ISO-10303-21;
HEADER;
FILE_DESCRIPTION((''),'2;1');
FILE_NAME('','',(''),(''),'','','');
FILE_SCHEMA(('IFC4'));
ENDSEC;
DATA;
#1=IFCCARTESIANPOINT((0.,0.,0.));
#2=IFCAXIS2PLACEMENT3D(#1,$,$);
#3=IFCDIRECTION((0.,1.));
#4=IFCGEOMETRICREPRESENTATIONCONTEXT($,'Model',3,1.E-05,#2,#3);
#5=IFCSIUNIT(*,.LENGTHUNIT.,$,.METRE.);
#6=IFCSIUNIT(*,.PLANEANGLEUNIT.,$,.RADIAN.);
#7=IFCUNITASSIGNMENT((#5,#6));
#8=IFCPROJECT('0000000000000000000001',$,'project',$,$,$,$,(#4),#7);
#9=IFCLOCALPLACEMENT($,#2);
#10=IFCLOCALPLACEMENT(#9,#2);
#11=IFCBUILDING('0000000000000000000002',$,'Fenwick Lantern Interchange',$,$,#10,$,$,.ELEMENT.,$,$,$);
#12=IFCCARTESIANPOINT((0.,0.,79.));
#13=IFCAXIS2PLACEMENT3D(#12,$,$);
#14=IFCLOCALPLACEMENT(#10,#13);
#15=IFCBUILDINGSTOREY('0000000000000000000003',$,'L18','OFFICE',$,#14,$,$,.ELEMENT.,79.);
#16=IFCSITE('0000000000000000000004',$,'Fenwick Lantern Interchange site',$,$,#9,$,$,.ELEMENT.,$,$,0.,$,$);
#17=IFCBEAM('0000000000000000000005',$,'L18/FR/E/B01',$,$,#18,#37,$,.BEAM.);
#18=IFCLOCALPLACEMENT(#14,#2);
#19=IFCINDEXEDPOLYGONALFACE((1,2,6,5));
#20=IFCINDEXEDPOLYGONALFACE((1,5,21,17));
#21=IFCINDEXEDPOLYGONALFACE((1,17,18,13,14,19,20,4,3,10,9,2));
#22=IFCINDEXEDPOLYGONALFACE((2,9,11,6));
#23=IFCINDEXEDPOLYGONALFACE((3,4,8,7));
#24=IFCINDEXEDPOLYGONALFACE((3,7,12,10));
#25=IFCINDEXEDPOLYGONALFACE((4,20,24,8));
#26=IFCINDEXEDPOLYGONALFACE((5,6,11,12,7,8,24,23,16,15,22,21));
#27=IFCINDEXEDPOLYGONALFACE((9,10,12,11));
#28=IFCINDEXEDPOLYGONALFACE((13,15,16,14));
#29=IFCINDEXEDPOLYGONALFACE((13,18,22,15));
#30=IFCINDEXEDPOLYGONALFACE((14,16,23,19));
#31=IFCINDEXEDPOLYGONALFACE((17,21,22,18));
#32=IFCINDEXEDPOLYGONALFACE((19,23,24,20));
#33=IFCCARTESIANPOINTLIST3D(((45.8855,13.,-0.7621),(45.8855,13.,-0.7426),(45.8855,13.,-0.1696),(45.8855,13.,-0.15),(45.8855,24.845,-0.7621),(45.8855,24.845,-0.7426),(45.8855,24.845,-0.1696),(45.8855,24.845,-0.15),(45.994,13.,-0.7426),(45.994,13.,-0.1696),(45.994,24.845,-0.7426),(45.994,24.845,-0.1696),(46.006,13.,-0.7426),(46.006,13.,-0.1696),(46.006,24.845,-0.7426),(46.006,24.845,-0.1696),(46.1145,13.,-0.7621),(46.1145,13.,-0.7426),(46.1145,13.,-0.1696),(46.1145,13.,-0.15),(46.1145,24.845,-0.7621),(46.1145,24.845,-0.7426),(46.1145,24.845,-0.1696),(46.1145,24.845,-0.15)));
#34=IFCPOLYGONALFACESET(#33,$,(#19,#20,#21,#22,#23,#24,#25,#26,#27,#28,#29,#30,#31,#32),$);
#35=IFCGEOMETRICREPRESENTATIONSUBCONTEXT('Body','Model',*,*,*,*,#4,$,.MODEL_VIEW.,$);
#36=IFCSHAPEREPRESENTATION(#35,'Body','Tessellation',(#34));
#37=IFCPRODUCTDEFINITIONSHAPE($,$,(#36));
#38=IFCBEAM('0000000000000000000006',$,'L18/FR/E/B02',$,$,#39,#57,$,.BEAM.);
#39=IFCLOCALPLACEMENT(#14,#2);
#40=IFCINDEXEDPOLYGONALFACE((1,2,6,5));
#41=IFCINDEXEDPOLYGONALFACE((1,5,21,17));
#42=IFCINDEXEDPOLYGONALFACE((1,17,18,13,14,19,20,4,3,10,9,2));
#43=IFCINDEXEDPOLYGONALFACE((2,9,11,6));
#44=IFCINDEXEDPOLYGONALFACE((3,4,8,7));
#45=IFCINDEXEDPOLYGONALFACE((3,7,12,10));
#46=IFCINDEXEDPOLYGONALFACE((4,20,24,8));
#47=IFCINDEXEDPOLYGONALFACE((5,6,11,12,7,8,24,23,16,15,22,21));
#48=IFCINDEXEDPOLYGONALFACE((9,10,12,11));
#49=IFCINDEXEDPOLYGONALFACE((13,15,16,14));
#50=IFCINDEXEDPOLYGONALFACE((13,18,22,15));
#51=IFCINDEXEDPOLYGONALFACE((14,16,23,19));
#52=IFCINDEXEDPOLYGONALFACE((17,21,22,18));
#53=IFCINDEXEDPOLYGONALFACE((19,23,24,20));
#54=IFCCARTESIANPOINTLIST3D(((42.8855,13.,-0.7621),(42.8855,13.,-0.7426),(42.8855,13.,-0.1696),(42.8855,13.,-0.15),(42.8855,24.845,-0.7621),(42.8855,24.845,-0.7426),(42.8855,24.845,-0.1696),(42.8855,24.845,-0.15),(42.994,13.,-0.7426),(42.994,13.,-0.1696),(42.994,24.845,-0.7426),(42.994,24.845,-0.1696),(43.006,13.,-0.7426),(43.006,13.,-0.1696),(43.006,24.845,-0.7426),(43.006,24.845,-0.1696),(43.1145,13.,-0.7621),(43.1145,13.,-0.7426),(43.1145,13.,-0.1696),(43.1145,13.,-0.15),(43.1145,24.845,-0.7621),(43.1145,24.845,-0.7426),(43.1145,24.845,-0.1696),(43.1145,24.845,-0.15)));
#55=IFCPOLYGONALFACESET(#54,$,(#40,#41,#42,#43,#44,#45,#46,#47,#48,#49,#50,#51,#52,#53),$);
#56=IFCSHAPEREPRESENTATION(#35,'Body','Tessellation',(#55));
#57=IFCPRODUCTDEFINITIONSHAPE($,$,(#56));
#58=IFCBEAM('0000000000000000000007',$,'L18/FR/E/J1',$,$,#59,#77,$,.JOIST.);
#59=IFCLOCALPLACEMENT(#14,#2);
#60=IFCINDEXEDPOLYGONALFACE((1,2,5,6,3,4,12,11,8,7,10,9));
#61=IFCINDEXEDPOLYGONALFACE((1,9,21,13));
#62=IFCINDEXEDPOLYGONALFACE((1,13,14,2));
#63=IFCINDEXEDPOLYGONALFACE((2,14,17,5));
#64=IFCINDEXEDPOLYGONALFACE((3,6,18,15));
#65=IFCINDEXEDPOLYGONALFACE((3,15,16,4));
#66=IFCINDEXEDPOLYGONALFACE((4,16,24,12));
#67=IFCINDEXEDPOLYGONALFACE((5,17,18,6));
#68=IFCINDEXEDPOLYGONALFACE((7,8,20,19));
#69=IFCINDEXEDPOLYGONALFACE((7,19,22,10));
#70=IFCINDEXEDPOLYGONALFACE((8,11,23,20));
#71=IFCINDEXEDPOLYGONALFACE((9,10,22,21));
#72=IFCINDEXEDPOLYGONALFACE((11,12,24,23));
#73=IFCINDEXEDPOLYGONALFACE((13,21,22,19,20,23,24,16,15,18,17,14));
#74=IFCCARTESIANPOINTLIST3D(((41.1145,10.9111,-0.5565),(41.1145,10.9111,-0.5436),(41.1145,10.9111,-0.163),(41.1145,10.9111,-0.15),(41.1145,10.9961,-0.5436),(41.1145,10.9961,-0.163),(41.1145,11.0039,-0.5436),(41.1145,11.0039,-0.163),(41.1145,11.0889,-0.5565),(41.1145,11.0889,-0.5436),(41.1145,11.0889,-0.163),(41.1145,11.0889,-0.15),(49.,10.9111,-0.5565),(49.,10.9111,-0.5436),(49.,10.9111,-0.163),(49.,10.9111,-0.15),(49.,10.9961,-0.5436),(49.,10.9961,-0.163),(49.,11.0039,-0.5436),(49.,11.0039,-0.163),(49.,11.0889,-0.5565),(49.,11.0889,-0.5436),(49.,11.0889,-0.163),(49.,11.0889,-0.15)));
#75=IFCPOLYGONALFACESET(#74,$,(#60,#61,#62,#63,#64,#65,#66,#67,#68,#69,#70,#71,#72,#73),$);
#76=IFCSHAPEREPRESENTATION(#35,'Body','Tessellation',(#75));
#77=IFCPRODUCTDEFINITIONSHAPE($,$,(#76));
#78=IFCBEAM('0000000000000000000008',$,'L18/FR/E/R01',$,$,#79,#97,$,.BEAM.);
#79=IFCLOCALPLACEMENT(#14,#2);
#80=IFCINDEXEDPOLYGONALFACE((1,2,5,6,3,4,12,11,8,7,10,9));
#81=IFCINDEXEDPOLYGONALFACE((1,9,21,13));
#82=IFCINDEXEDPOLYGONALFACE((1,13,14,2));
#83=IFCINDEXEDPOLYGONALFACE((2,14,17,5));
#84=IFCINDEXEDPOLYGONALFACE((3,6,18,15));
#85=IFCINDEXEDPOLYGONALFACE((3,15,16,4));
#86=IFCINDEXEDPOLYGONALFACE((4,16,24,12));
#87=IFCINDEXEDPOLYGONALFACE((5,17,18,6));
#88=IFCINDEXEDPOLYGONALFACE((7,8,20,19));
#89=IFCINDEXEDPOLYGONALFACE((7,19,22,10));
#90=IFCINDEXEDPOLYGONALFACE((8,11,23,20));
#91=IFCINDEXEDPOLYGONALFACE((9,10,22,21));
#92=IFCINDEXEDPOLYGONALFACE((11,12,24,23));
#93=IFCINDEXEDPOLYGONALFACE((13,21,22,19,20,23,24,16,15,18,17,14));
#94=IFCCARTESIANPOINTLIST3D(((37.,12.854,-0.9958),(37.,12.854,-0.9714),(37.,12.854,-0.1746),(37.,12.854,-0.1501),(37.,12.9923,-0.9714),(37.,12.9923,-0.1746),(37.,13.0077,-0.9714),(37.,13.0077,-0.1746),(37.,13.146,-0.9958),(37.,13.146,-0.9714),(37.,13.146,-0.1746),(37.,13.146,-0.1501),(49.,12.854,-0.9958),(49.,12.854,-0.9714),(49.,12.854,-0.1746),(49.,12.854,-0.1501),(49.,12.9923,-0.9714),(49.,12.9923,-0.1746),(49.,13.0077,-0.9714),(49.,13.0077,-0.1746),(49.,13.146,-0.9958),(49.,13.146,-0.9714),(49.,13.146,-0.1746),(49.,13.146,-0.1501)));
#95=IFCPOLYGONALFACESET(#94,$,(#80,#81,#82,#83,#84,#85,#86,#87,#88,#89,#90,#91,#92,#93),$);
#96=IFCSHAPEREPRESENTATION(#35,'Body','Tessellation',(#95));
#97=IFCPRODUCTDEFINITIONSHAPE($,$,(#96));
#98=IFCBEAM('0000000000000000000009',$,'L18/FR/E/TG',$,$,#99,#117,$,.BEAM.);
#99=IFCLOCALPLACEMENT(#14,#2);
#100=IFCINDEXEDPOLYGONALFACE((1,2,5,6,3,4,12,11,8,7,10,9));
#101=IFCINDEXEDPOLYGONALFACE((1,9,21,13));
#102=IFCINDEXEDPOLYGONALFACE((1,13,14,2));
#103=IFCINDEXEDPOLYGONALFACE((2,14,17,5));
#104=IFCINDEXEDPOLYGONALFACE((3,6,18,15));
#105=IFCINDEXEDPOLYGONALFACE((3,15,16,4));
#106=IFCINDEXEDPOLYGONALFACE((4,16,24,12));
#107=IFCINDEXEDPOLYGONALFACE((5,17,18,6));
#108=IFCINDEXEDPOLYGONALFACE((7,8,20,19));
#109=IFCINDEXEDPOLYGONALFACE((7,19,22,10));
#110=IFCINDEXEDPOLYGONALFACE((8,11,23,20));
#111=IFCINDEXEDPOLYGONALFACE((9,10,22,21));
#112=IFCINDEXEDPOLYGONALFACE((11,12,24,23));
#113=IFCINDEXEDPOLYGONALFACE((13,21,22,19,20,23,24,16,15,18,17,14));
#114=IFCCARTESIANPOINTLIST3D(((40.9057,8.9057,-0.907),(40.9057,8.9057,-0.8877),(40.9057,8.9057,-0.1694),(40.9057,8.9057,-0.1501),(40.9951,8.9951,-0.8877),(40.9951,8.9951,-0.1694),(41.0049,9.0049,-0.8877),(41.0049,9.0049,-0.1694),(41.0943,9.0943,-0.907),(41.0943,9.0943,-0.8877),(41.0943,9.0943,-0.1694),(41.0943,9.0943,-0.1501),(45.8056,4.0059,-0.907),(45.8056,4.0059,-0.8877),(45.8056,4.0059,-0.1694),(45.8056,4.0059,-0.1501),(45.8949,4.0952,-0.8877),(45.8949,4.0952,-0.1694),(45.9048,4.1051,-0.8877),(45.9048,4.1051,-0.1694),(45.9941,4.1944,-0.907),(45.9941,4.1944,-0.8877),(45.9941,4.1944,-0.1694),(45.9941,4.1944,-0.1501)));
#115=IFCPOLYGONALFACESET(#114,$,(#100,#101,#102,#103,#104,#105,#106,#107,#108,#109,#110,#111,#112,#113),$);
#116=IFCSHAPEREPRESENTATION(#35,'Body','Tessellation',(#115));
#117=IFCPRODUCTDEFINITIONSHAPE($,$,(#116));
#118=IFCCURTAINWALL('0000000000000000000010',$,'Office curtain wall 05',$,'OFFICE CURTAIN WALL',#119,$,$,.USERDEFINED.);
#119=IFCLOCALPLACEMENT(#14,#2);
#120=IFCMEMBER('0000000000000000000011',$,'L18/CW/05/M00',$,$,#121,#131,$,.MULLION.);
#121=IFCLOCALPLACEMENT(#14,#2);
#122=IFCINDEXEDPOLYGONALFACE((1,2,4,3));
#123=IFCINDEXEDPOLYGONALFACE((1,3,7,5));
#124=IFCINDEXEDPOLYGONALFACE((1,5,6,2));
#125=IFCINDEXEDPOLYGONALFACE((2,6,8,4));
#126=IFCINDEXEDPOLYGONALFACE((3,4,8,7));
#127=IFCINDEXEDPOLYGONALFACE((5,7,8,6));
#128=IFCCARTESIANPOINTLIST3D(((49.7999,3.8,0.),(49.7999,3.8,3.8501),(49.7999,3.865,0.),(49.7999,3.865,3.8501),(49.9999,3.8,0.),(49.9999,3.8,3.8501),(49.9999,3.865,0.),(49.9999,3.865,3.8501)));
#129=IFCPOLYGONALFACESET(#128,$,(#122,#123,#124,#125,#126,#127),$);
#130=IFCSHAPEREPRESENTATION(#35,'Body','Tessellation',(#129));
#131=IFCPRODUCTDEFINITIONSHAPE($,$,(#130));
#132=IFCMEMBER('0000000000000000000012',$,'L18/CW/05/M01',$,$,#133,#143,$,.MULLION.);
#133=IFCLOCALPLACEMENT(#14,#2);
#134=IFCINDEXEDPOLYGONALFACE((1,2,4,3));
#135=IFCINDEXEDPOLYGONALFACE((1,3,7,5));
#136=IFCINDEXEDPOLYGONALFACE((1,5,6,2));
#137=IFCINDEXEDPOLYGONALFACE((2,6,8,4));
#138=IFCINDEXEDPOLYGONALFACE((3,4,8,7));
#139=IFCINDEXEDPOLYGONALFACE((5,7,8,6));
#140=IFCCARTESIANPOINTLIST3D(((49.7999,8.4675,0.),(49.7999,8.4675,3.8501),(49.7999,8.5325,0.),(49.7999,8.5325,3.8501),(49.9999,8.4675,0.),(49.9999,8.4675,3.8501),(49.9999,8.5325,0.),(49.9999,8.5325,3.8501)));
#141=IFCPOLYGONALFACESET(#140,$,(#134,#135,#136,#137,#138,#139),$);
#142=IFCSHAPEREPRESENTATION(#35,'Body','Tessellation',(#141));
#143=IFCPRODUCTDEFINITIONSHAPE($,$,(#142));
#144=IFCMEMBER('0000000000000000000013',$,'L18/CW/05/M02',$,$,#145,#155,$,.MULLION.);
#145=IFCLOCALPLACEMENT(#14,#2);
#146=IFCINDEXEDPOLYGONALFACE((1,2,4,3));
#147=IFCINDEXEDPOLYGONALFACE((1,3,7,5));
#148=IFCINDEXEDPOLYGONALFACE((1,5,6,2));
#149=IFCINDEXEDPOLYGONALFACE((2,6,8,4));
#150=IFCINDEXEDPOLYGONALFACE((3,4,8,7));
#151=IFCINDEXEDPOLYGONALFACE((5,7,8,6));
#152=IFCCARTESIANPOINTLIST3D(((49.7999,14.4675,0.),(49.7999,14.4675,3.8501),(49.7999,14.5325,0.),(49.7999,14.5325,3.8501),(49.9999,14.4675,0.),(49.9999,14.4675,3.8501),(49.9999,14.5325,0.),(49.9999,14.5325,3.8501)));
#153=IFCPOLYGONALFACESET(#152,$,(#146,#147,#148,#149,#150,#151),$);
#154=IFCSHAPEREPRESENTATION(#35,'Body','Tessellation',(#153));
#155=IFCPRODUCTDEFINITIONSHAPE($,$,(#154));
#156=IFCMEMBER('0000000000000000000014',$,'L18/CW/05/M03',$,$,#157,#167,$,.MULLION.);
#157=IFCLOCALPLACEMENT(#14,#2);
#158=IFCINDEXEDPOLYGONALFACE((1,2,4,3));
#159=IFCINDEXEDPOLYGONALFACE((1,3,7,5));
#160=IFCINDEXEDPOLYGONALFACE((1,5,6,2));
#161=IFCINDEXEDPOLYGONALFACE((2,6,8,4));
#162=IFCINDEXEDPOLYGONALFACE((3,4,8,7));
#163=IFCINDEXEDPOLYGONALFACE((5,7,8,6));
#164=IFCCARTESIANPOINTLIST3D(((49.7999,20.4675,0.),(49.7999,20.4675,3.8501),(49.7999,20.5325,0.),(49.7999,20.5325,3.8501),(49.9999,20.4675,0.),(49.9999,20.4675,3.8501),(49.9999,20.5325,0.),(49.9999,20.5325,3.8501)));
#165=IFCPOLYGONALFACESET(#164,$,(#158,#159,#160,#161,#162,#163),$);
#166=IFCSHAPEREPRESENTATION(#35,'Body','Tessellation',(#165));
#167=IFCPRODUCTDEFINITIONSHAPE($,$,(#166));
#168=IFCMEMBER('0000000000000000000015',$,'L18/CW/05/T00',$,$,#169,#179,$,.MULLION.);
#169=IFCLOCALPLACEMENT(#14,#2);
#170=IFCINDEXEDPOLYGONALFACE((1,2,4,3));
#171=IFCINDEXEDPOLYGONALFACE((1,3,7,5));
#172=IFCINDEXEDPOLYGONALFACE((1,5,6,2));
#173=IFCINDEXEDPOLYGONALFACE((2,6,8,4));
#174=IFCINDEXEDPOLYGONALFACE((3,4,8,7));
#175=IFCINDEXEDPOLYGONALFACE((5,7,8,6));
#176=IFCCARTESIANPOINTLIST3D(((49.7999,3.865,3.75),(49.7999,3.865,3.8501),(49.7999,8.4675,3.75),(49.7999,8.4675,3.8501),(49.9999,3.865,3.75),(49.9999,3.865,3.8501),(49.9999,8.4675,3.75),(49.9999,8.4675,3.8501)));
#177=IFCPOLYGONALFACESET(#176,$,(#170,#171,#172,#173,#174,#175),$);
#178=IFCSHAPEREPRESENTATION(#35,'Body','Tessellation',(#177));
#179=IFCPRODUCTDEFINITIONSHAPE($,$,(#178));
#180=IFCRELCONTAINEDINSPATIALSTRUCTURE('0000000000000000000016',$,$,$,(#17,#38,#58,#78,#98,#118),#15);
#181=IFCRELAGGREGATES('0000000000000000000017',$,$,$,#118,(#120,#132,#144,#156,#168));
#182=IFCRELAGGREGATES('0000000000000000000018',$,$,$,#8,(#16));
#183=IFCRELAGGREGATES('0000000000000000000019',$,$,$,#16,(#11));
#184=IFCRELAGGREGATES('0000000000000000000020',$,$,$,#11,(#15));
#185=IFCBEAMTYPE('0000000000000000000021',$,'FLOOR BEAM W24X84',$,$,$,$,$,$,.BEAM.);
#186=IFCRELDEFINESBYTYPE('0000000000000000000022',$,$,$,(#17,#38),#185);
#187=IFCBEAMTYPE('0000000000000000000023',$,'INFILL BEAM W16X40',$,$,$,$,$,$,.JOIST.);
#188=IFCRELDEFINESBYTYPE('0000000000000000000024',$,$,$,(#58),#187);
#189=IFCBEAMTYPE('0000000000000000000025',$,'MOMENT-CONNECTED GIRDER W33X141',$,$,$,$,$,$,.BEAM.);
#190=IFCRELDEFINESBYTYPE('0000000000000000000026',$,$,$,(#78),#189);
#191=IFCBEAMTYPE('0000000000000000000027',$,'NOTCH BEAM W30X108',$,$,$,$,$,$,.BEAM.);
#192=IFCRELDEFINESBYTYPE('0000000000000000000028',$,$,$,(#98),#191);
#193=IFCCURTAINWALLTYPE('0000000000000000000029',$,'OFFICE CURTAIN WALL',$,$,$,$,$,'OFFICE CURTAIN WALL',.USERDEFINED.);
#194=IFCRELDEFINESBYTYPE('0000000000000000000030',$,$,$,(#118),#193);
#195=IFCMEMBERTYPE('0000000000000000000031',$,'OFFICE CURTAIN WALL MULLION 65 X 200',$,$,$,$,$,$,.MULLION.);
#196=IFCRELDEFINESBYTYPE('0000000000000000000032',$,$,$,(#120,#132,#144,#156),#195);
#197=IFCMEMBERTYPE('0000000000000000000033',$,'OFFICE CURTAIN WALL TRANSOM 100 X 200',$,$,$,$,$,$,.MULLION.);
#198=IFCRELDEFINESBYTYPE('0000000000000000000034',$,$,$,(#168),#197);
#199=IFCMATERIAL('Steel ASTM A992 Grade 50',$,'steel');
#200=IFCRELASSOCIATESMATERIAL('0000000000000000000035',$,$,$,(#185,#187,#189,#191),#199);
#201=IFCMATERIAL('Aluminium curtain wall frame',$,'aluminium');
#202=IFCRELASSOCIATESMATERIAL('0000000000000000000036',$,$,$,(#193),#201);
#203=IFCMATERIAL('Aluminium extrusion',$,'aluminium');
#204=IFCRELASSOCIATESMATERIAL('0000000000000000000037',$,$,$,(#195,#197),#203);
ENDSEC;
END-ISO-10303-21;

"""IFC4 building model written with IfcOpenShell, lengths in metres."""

from ifc_helpers import new_model, si_unit, direction, frame, origin, origin_2d, place, context, subcontext, project, spatial, rectangle, i_section, extrude, material, material_profile, profile_set, type_object, element, aggregate, save


model = new_model("IFC4")

# Units and contexts
model_context = context("Model", 3, precision=1e-05, world=origin(), true_north=direction((0.0, 1.0)))
body_context = subcontext(model_context, "Body", "Model", "MODEL_VIEW")
ifc_project = project(units=[si_unit("LENGTHUNIT", "METRE"), si_unit("PLANEANGLEUNIT", "RADIAN")], contexts=[model_context])

# Site, building, storey
site_placement = place(None, origin())
site = spatial("IfcSite", under=ifc_project, at=site_placement, Name="Fenwick Lantern Interchange site", CompositionType="ELEMENT", RefElevation=0.0)
building_placement = place(site_placement, origin())
building = spatial("IfcBuilding", under=site, at=building_placement, Name="Fenwick Lantern Interchange", CompositionType="ELEMENT")
storey_placement = place(building_placement, frame((0.0, 0.0, 79.0)))
storey = spatial("IfcBuildingStorey", under=building, at=storey_placement, Name="L18", Description="OFFICE", CompositionType="ELEMENT", Elevation=79.0)

# Shared definitions
ifc_material_1 = material(Name="Steel ASTM A992 Grade 50", Category="steel")

# Beams
ifc_material_profile_1 = material_profile(ifc_material_1, i_section(OverallWidth=0.229, OverallDepth=0.6121, WebThickness=0.012, FlangeThickness=0.0195, at=origin_2d()), Name="W24X84")
ifc_profile_set_1 = profile_set([ifc_material_profile_1], Name="Steel ASTM A992 Grade 50")
beam_type_1 = type_object("IfcBeamType", Name="FLOOR BEAM W24X84", PredefinedType="BEAM", material=ifc_profile_set_1)
for number, where, z_axis, x_axis, name in (
    (1, (46.0, 13.0, -0.4561), (0.0, 1.0, 0.0), (-1.0, 0.0, 0.0), "L18/FR/E/B01"),
    (2, (43.0, 13.0, -0.4561), (0.0, 1.0, 0.0), (-1.0, 0.0, 0.0), "L18/FR/E/B02"),
):
    element("IfcBeam", number, at=place(storey_placement, frame(where, z_axis=z_axis, x_axis=x_axis)), inside=storey, type_object=beam_type_1, Name=name, PredefinedType="BEAM", context=body_context, shape_type="SweptSolid", body=[
        extrude(i_section(OverallWidth=0.229, OverallDepth=0.6121, WebThickness=0.012, FlangeThickness=0.0195, at=origin_2d()), origin(), (0.0, 0.0, 1.0), 11.845),
    ])
ifc_material_profile_2 = material_profile(ifc_material_1, i_section(OverallWidth=0.1777, OverallDepth=0.4065, WebThickness=0.0078, FlangeThickness=0.0129, at=origin_2d()), Name="W16X40")
ifc_profile_set_2 = profile_set([ifc_material_profile_2], Name="Steel ASTM A992 Grade 50")
beam_type_2 = type_object("IfcBeamType", Name="INFILL BEAM W16X40", PredefinedType="JOIST", material=ifc_profile_set_2)
beam_1_placement = place(storey_placement, frame((49.0, 11.0, -0.3533), z_axis=(-1.0, 0.0, 0.0), x_axis=(0.0, -1.0, 0.0)))
element("IfcBeam", 3, at=beam_1_placement, inside=storey, type_object=beam_type_2, Name="L18/FR/E/J1", PredefinedType="JOIST", context=body_context, shape_type="SweptSolid", body=[
    extrude(i_section(OverallWidth=0.1777, OverallDepth=0.4065, WebThickness=0.0078, FlangeThickness=0.0129, at=origin_2d()), origin(), (0.0, 0.0, 1.0), 7.8855),
])
ifc_material_profile_3 = material_profile(ifc_material_1, i_section(OverallWidth=0.292, OverallDepth=0.8457, WebThickness=0.0154, FlangeThickness=0.0244, at=origin_2d()), Name="W33X141")
ifc_profile_set_3 = profile_set([ifc_material_profile_3], Name="Steel ASTM A992 Grade 50")
beam_type_3 = type_object("IfcBeamType", Name="MOMENT-CONNECTED GIRDER W33X141", PredefinedType="BEAM", material=ifc_profile_set_3)
beam_2_placement = place(storey_placement, frame((49.0, 13.0, -0.573), z_axis=(-1.0, 0.0, 0.0), x_axis=(0.0, -1.0, 0.0)))
element("IfcBeam", 4, at=beam_2_placement, inside=storey, type_object=beam_type_3, Name="L18/FR/E/R01", PredefinedType="BEAM", context=body_context, shape_type="SweptSolid", body=[
    extrude(i_section(OverallWidth=0.292, OverallDepth=0.8457, WebThickness=0.0154, FlangeThickness=0.0244, at=origin_2d()), origin(), (0.0, 0.0, 1.0), 12.0),
])
ifc_material_profile_4 = material_profile(ifc_material_1, i_section(OverallWidth=0.2666, OverallDepth=0.7568, WebThickness=0.0139, FlangeThickness=0.0193, at=origin_2d()), Name="W30X108")
ifc_profile_set_4 = profile_set([ifc_material_profile_4], Name="Steel ASTM A992 Grade 50")
beam_type_4 = type_object("IfcBeamType", Name="NOTCH BEAM W30X108", PredefinedType="BEAM", material=ifc_profile_set_4)
beam_3_placement = place(storey_placement, frame((41.0, 9.0, -0.5286), z_axis=(0.707107, -0.707107, 0.0), x_axis=(0.707107, 0.707107, 0.0)))
element("IfcBeam", 5, at=beam_3_placement, inside=storey, type_object=beam_type_4, Name="L18/FR/E/TG", PredefinedType="BEAM", context=body_context, shape_type="SweptSolid", body=[
    extrude(i_section(OverallWidth=0.2666, OverallDepth=0.7568, WebThickness=0.0139, FlangeThickness=0.0193, at=origin_2d()), origin(), (0.0, 0.0, 1.0), 6.9294),
])

# Curtain wall, members
ifc_material_2 = material(Name="Aluminium curtain wall frame", Category="aluminium")
curtain_wall_type = type_object("IfcCurtainWallType", Name="OFFICE CURTAIN WALL", ElementType="OFFICE CURTAIN WALL", PredefinedType="USERDEFINED", material=ifc_material_2)
curtain_wall_placement = place(storey_placement, origin())
curtain_wall = element("IfcCurtainWall", 6, at=curtain_wall_placement, inside=storey, type_object=curtain_wall_type, Name="Office curtain wall 05", ObjectType="OFFICE CURTAIN WALL", PredefinedType="USERDEFINED")
ifc_material_3 = material(Name="Aluminium extrusion", Category="aluminium")
ifc_material_profile_5 = material_profile(ifc_material_3, rectangle(XDim=0.2, YDim=0.0649, at=origin_2d()), Name="OFFICE CURTAIN WALL MULLION 65 X 200")
ifc_profile_set_5 = profile_set([ifc_material_profile_5], Name="Aluminium extrusion")
member_type_1 = type_object("IfcMemberType", Name="OFFICE CURTAIN WALL MULLION 65 X 200", PredefinedType="MULLION", material=ifc_profile_set_5)
member_1_placement = place(storey_placement, frame((49.8999, 3.8325, 0.0), z_axis=(0.0, 0.0, 1.0), x_axis=(-1.0, 0.0, 0.0)))
member_1 = element("IfcMember", 7, at=member_1_placement, type_object=member_type_1, Name="L18/CW/05/M00", PredefinedType="MULLION", context=body_context, shape_type="SweptSolid", body=[
    extrude(rectangle(XDim=0.2, YDim=0.0649, at=origin_2d()), origin(), (0.0, 0.0, 1.0), 3.8501),
])
member_2_placement = place(storey_placement, frame((49.8999, 8.5, 0.0), z_axis=(0.0, 0.0, 1.0), x_axis=(-1.0, 0.0, 0.0)))
member_2 = element("IfcMember", 8, at=member_2_placement, type_object=member_type_1, Name="L18/CW/05/M01", PredefinedType="MULLION", context=body_context, shape_type="SweptSolid", body=[
    extrude(rectangle(XDim=0.2, YDim=0.0649, at=origin_2d()), origin(), (0.0, 0.0, 1.0), 3.8501),
])
member_3_placement = place(storey_placement, frame((49.8999, 14.5, 0.0), z_axis=(0.0, 0.0, 1.0), x_axis=(-1.0, 0.0, 0.0)))
member_3 = element("IfcMember", 9, at=member_3_placement, type_object=member_type_1, Name="L18/CW/05/M02", PredefinedType="MULLION", context=body_context, shape_type="SweptSolid", body=[
    extrude(rectangle(XDim=0.2, YDim=0.0649, at=origin_2d()), origin(), (0.0, 0.0, 1.0), 3.8501),
])
member_4_placement = place(storey_placement, frame((49.8999, 20.5, 0.0), z_axis=(0.0, 0.0, 1.0), x_axis=(-1.0, 0.0, 0.0)))
member_4 = element("IfcMember", 10, at=member_4_placement, type_object=member_type_1, Name="L18/CW/05/M03", PredefinedType="MULLION", context=body_context, shape_type="SweptSolid", body=[
    extrude(rectangle(XDim=0.2, YDim=0.0649, at=origin_2d()), origin(), (0.0, 0.0, 1.0), 3.8501),
])
ifc_material_profile_6 = material_profile(ifc_material_3, rectangle(XDim=0.2, YDim=0.1001, at=origin_2d()), Name="OFFICE CURTAIN WALL TRANSOM 100 X 200")
ifc_profile_set_6 = profile_set([ifc_material_profile_6], Name="Aluminium extrusion")
member_type_2 = type_object("IfcMemberType", Name="OFFICE CURTAIN WALL TRANSOM 100 X 200", PredefinedType="MULLION", material=ifc_profile_set_6)
member_5_placement = place(storey_placement, frame((49.8999, 3.865, 3.8), z_axis=(0.0, 1.0, 0.0), x_axis=(-1.0, 0.0, 0.0)))
member_5 = element("IfcMember", 11, at=member_5_placement, type_object=member_type_2, Name="L18/CW/05/T00", PredefinedType="MULLION", context=body_context, shape_type="SweptSolid", body=[
    extrude(rectangle(XDim=0.2, YDim=0.1001, at=origin_2d()), origin(), (0.0, 0.0, 1.0), 4.6025),
])
aggregate(curtain_wall, [member_1, member_2, member_3, member_4, member_5])

save(model, "model.ifc")
